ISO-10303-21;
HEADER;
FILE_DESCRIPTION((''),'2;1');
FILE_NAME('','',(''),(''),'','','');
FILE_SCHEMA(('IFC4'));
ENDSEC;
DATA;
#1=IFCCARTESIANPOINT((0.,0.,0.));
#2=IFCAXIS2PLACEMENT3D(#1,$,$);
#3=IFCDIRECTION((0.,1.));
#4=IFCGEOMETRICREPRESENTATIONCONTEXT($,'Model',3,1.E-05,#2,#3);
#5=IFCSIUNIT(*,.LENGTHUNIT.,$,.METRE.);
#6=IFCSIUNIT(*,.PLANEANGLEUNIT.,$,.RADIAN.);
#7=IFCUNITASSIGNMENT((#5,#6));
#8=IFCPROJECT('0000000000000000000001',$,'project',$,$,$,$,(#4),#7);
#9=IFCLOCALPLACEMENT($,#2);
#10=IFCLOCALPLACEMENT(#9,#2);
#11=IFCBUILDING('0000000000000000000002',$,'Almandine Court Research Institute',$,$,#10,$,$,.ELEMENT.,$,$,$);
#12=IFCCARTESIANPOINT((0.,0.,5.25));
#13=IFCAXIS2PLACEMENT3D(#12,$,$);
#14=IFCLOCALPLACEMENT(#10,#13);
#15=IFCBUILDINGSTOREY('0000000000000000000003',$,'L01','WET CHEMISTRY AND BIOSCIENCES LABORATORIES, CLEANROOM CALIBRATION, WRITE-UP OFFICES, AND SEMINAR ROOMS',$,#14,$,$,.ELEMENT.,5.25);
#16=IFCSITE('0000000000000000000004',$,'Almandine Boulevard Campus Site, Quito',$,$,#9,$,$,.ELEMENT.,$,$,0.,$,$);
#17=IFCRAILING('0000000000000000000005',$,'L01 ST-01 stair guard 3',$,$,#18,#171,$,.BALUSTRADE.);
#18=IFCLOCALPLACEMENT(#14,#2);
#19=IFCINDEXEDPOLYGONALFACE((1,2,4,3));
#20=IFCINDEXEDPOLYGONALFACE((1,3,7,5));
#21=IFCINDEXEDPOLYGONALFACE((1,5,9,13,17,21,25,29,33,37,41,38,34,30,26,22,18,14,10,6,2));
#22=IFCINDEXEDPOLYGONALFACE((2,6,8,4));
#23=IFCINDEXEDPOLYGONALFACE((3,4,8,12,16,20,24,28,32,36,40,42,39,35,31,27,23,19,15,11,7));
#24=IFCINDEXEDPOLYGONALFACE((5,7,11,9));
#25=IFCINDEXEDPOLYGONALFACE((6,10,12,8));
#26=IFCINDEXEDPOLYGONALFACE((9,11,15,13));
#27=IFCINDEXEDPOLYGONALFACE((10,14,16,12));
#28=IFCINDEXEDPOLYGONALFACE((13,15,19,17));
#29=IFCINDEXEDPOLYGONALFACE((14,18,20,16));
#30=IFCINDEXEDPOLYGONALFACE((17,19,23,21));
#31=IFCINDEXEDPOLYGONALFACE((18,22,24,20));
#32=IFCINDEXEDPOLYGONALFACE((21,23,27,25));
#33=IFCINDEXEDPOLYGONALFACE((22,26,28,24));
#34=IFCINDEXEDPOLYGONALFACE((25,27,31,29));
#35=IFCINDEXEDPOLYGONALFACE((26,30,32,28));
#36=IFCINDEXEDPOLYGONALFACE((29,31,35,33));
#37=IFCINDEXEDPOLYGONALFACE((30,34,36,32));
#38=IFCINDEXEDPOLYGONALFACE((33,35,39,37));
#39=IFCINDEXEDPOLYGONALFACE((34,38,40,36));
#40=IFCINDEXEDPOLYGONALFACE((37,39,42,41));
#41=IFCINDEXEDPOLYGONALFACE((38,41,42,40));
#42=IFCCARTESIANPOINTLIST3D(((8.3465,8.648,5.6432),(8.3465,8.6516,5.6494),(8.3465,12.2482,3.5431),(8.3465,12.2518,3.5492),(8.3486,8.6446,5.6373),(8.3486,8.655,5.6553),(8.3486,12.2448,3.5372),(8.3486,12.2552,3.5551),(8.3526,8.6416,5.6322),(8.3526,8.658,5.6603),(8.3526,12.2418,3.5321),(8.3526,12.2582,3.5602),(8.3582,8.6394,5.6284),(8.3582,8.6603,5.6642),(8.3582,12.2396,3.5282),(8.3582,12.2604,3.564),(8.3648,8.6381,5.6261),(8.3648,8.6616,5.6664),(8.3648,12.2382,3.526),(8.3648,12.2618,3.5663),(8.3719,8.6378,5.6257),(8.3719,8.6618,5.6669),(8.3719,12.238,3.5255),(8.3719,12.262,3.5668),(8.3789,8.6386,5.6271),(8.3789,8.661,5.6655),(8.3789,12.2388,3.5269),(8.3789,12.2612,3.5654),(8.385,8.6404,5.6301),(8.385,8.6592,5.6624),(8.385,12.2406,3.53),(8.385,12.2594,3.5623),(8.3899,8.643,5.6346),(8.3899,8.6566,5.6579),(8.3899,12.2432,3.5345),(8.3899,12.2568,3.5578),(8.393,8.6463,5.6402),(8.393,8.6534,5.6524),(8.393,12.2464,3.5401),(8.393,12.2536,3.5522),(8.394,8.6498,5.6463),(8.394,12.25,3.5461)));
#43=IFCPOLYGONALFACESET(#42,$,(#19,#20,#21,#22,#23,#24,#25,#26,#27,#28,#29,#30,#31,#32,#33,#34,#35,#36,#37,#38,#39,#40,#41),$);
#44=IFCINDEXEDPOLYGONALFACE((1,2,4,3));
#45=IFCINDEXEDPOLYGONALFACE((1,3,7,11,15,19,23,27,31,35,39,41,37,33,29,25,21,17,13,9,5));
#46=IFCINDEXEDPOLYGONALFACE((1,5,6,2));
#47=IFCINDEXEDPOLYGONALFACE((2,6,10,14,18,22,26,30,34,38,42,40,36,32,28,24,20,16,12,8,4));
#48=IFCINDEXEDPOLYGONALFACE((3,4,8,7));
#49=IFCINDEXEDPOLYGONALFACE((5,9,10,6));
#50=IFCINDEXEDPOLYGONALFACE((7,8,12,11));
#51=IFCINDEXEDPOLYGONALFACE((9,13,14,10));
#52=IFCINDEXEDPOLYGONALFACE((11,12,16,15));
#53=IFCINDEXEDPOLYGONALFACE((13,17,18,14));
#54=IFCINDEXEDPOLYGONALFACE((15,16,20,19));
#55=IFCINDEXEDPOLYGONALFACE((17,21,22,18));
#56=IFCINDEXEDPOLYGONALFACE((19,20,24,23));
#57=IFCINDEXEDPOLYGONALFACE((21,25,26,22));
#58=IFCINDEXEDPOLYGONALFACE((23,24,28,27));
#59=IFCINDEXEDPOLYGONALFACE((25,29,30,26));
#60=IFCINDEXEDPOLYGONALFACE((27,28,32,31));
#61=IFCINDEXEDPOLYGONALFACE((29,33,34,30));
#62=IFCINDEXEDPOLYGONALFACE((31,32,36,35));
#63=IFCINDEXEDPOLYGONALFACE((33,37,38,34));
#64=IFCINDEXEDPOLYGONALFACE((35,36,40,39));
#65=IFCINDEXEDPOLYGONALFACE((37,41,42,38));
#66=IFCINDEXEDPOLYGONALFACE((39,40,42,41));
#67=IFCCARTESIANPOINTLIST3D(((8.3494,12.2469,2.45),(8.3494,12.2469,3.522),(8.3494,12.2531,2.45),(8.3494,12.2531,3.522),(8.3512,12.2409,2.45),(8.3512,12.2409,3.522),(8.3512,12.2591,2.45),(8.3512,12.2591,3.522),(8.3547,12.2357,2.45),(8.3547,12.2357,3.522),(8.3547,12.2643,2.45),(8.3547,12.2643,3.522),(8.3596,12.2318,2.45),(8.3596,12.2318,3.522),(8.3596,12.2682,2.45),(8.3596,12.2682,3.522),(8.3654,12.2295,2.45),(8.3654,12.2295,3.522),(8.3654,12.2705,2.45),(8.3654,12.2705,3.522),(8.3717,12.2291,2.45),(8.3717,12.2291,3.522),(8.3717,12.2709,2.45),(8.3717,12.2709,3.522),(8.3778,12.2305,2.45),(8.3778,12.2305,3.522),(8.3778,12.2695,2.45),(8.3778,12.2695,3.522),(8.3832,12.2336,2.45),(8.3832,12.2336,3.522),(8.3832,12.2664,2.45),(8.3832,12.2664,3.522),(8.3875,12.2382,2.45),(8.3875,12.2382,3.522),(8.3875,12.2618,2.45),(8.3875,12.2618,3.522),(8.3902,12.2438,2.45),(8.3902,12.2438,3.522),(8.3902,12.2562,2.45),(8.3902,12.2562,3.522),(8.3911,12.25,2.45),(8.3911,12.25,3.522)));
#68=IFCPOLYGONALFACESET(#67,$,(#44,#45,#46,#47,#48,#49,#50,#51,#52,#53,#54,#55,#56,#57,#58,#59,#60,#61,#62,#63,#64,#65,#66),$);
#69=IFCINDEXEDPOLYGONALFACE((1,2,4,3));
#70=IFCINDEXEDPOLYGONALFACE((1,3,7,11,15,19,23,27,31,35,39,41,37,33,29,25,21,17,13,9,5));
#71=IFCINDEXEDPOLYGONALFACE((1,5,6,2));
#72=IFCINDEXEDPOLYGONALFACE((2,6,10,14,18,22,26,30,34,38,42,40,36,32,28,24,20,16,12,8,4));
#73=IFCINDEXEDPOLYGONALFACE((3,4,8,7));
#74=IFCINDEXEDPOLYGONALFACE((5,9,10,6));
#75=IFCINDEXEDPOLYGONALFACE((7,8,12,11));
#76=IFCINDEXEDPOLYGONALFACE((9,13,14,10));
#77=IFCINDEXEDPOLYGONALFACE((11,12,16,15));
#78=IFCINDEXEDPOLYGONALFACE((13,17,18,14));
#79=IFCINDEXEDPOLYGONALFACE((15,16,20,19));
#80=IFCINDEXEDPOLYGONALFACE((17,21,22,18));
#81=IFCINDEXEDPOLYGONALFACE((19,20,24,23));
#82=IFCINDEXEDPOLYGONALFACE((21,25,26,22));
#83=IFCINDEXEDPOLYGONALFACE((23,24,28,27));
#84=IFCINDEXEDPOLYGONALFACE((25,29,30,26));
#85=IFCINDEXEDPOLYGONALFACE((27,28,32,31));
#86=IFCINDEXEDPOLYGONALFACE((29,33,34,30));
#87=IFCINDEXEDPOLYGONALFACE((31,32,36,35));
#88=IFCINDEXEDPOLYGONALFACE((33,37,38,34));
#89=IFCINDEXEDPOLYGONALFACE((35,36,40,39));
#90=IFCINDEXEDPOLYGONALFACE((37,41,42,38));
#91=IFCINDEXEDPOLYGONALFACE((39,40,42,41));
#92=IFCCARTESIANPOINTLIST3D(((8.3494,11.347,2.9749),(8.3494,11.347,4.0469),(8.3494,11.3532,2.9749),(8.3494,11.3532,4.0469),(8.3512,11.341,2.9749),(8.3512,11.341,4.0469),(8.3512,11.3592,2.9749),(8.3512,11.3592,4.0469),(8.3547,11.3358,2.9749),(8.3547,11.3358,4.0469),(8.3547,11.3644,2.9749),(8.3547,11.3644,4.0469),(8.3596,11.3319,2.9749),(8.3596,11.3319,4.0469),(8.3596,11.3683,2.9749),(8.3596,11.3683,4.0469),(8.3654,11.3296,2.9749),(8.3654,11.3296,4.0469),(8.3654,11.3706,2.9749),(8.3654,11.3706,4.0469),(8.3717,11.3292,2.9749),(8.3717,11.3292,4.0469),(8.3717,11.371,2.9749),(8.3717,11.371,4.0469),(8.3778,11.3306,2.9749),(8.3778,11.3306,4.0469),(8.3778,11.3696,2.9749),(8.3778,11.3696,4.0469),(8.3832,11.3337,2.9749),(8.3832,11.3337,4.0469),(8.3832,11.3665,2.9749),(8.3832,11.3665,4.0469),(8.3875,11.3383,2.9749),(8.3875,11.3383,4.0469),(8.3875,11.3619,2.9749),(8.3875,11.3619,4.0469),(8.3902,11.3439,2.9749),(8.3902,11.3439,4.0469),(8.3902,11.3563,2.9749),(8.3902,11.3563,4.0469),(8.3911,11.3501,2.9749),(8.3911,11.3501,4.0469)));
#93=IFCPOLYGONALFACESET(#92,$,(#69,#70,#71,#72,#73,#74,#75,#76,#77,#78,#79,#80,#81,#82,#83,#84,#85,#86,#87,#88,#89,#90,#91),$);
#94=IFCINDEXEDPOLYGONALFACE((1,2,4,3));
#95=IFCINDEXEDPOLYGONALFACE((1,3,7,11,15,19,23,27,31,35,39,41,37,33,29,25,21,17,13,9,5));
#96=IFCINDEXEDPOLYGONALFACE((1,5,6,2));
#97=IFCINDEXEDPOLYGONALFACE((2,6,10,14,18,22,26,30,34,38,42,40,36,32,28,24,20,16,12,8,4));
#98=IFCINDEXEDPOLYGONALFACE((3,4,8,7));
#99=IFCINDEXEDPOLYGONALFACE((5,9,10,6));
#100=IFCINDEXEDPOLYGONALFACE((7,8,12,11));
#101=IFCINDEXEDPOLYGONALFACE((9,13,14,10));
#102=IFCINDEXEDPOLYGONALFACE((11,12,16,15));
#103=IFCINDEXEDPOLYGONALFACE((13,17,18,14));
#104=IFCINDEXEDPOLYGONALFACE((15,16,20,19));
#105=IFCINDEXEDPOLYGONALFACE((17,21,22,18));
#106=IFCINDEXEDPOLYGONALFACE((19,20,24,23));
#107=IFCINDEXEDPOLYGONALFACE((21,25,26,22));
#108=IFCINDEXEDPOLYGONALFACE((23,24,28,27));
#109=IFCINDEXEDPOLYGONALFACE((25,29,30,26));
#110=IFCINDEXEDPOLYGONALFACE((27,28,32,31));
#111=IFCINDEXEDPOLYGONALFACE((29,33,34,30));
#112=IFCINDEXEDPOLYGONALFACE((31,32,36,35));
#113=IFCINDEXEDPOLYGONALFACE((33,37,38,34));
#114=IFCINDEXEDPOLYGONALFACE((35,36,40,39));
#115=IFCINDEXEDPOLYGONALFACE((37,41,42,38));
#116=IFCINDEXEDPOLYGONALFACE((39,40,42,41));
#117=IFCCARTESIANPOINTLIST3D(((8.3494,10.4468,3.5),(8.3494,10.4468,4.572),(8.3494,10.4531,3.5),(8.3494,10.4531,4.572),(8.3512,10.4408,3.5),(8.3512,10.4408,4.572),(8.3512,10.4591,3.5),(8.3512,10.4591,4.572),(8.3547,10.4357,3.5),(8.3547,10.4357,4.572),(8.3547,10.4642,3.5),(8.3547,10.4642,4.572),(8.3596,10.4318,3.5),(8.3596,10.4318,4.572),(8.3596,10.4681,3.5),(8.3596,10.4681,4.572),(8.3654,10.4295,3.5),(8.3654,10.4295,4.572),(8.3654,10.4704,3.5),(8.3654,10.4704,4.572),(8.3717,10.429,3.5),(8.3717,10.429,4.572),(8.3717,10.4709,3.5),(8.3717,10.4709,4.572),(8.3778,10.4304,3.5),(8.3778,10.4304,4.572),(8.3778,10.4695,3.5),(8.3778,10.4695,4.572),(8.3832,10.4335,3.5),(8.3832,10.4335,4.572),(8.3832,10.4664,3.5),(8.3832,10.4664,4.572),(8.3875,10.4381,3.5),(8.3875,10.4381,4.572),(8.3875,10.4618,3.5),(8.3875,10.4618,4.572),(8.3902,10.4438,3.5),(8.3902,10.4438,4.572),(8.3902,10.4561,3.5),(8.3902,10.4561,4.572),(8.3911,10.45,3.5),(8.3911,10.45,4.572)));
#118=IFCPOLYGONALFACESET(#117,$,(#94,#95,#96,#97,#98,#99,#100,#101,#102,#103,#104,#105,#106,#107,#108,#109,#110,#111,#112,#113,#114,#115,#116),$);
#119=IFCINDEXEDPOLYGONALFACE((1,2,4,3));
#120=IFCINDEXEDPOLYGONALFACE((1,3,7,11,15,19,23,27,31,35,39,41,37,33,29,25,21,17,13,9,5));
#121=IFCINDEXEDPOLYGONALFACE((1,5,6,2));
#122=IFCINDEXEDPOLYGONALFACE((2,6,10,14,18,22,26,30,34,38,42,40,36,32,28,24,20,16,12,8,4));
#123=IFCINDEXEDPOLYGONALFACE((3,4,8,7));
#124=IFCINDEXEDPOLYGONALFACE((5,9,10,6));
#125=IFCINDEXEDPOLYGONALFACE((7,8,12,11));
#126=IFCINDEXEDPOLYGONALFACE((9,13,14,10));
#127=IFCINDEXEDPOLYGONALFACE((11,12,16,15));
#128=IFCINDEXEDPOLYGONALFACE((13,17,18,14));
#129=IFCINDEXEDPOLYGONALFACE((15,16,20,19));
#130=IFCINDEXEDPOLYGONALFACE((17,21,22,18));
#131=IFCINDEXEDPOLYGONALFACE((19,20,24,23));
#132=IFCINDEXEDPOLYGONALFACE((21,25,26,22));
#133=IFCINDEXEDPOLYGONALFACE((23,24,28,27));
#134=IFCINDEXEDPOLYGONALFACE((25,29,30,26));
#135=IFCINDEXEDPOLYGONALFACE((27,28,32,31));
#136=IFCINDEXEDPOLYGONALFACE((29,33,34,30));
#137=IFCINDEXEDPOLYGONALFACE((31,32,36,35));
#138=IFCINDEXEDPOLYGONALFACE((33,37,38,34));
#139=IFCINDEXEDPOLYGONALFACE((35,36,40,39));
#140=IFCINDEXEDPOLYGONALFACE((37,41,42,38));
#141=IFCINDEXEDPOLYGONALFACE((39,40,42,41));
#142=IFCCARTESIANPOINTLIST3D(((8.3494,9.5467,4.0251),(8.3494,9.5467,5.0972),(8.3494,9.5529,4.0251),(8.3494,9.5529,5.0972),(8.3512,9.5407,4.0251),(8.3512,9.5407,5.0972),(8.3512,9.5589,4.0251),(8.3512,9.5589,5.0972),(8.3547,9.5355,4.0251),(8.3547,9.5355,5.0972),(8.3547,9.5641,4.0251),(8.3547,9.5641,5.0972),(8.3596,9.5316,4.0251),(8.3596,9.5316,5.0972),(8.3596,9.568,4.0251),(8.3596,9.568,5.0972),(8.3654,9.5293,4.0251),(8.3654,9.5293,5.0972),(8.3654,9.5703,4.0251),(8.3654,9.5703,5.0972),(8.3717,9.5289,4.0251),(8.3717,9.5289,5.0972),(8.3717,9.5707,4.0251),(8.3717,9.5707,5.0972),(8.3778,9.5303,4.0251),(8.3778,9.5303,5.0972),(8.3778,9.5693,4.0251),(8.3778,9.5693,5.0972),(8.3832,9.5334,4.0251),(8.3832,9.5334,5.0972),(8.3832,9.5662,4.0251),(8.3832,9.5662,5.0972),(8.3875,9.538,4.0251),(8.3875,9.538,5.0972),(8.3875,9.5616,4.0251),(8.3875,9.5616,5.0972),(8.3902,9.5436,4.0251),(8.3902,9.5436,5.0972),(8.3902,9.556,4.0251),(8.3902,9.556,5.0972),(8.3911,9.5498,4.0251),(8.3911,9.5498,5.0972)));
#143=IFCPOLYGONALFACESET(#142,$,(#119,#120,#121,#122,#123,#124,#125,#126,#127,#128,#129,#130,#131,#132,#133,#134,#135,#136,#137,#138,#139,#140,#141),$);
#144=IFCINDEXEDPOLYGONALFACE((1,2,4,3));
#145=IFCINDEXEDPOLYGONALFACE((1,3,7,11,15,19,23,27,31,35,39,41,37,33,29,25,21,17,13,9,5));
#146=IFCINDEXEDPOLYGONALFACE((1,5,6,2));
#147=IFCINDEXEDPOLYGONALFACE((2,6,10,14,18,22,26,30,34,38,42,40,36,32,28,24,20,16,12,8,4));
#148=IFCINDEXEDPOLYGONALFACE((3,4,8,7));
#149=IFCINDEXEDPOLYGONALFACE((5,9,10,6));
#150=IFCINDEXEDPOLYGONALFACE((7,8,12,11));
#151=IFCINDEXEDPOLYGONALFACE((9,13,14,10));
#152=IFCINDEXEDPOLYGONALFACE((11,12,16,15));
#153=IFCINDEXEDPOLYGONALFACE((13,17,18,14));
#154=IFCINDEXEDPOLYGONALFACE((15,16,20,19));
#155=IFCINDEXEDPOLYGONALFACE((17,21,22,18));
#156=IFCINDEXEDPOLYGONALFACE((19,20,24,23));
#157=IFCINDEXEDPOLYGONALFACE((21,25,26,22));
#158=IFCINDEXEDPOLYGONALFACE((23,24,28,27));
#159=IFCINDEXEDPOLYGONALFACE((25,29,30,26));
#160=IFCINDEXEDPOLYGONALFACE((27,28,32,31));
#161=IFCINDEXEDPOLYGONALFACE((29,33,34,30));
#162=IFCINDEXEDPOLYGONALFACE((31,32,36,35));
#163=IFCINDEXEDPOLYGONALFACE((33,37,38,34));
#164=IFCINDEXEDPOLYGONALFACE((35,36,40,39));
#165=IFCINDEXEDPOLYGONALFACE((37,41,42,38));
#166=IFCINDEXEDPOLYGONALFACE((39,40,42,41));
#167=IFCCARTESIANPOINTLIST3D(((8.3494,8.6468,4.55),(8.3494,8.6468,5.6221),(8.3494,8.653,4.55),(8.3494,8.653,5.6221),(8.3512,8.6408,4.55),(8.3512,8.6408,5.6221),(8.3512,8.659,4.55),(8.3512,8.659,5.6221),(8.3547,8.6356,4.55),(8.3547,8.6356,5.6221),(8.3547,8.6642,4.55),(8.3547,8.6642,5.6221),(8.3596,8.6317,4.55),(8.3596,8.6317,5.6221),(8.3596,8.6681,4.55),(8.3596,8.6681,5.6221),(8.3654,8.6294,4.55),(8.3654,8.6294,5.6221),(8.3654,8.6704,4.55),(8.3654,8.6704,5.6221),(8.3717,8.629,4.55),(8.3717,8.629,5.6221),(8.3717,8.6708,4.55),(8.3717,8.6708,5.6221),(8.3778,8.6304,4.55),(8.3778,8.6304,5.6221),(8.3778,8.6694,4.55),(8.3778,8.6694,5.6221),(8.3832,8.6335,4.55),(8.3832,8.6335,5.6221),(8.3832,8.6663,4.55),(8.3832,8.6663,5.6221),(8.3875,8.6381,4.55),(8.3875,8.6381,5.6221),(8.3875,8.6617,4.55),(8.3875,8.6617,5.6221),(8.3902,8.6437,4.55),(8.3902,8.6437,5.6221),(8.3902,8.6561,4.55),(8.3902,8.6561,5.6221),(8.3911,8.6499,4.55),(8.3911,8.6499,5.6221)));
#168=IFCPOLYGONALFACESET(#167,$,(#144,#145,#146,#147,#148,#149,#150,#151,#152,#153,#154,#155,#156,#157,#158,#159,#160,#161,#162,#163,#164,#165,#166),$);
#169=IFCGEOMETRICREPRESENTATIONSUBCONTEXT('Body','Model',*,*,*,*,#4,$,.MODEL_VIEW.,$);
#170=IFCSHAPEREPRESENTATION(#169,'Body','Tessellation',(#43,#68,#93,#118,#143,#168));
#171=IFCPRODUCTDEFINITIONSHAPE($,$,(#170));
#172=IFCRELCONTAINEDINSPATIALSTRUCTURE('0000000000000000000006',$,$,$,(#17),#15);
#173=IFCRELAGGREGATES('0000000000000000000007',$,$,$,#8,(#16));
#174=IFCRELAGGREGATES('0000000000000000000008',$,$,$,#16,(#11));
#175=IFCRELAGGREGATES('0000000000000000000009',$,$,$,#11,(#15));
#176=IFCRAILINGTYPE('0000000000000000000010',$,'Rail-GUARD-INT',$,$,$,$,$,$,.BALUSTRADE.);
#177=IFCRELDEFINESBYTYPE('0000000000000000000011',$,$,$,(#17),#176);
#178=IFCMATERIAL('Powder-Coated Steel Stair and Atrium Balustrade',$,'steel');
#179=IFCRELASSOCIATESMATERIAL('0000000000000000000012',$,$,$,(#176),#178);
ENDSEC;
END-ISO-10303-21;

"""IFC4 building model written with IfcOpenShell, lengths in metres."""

from ifc_helpers import new_model, si_unit, direction, frame, origin, origin_2d, place, context, subcontext, project, spatial, circle, extrude, material, type_object, element, save


model = new_model("IFC4")

# Units and contexts
model_context = context("Model", 3, precision=1e-05, world=origin(), true_north=direction((0.0, 1.0)))
body_context = subcontext(model_context, "Body", "Model", "MODEL_VIEW")
ifc_project = project(units=[si_unit("LENGTHUNIT", "METRE"), si_unit("PLANEANGLEUNIT", "RADIAN")], contexts=[model_context])

# Site, building, storey
site_placement = place(None, origin())
site = spatial("IfcSite", under=ifc_project, at=site_placement, Name="Almandine Boulevard Campus Site, Quito", CompositionType="ELEMENT", RefElevation=0.0)
building_placement = place(site_placement, origin())
building = spatial("IfcBuilding", under=site, at=building_placement, Name="Almandine Court Research Institute", CompositionType="ELEMENT")
storey_placement = place(building_placement, frame((0.0, 0.0, 5.25)))
storey = spatial("IfcBuildingStorey", under=building, at=storey_placement, Name="L01", Description="WET CHEMISTRY AND BIOSCIENCES LABORATORIES, CLEANROOM CALIBRATION, WRITE-UP OFFICES, AND SEMINAR ROOMS", CompositionType="ELEMENT", Elevation=5.25)

# Railing
ifc_material_1 = material(Name="Powder-Coated Steel Stair and Atrium Balustrade", Category="steel")
railing_type_1 = type_object("IfcRailingType", Name="Rail-GUARD-INT", PredefinedType="BALUSTRADE", material=ifc_material_1)
railing_1_placement = place(storey_placement, frame((8.3701, 12.25, 2.45)))
element("IfcRailing", 1, at=railing_1_placement, inside=storey, type_object=railing_type_1, Name="L01 ST-01 stair guard 3", PredefinedType="BALUSTRADE", context=body_context, shape_type="SweptSolid", body=[
    extrude(circle(Radius=0.0239, at=origin_2d()), frame((0.0, 0.0, 1.0962), z_axis=(0.0, -0.863775, 0.503878), x_axis=(1.0, 0.0, 0.0)), (0.0, 0.0, 1.0), 4.168),
    extrude(circle(Radius=0.021, at=origin_2d()), origin(), (0.0, 0.0, 1.0), 1.072),
    extrude(circle(Radius=0.021, at=origin_2d()), frame((0.0, -0.8999, 0.5249)), (0.0, 0.0, 1.0), 1.072),
    extrude(circle(Radius=0.021, at=origin_2d()), frame((0.0, -1.8, 1.05)), (0.0, 0.0, 1.0), 1.072),
    extrude(circle(Radius=0.021, at=origin_2d()), frame((0.0, -2.7002, 1.5752)), (0.0, 0.0, 1.0), 1.072),
    extrude(circle(Radius=0.021, at=origin_2d()), frame((0.0, -3.6001, 2.1001)), (0.0, 0.0, 1.0), 1.072),
])

save(model, "model.ifc")
